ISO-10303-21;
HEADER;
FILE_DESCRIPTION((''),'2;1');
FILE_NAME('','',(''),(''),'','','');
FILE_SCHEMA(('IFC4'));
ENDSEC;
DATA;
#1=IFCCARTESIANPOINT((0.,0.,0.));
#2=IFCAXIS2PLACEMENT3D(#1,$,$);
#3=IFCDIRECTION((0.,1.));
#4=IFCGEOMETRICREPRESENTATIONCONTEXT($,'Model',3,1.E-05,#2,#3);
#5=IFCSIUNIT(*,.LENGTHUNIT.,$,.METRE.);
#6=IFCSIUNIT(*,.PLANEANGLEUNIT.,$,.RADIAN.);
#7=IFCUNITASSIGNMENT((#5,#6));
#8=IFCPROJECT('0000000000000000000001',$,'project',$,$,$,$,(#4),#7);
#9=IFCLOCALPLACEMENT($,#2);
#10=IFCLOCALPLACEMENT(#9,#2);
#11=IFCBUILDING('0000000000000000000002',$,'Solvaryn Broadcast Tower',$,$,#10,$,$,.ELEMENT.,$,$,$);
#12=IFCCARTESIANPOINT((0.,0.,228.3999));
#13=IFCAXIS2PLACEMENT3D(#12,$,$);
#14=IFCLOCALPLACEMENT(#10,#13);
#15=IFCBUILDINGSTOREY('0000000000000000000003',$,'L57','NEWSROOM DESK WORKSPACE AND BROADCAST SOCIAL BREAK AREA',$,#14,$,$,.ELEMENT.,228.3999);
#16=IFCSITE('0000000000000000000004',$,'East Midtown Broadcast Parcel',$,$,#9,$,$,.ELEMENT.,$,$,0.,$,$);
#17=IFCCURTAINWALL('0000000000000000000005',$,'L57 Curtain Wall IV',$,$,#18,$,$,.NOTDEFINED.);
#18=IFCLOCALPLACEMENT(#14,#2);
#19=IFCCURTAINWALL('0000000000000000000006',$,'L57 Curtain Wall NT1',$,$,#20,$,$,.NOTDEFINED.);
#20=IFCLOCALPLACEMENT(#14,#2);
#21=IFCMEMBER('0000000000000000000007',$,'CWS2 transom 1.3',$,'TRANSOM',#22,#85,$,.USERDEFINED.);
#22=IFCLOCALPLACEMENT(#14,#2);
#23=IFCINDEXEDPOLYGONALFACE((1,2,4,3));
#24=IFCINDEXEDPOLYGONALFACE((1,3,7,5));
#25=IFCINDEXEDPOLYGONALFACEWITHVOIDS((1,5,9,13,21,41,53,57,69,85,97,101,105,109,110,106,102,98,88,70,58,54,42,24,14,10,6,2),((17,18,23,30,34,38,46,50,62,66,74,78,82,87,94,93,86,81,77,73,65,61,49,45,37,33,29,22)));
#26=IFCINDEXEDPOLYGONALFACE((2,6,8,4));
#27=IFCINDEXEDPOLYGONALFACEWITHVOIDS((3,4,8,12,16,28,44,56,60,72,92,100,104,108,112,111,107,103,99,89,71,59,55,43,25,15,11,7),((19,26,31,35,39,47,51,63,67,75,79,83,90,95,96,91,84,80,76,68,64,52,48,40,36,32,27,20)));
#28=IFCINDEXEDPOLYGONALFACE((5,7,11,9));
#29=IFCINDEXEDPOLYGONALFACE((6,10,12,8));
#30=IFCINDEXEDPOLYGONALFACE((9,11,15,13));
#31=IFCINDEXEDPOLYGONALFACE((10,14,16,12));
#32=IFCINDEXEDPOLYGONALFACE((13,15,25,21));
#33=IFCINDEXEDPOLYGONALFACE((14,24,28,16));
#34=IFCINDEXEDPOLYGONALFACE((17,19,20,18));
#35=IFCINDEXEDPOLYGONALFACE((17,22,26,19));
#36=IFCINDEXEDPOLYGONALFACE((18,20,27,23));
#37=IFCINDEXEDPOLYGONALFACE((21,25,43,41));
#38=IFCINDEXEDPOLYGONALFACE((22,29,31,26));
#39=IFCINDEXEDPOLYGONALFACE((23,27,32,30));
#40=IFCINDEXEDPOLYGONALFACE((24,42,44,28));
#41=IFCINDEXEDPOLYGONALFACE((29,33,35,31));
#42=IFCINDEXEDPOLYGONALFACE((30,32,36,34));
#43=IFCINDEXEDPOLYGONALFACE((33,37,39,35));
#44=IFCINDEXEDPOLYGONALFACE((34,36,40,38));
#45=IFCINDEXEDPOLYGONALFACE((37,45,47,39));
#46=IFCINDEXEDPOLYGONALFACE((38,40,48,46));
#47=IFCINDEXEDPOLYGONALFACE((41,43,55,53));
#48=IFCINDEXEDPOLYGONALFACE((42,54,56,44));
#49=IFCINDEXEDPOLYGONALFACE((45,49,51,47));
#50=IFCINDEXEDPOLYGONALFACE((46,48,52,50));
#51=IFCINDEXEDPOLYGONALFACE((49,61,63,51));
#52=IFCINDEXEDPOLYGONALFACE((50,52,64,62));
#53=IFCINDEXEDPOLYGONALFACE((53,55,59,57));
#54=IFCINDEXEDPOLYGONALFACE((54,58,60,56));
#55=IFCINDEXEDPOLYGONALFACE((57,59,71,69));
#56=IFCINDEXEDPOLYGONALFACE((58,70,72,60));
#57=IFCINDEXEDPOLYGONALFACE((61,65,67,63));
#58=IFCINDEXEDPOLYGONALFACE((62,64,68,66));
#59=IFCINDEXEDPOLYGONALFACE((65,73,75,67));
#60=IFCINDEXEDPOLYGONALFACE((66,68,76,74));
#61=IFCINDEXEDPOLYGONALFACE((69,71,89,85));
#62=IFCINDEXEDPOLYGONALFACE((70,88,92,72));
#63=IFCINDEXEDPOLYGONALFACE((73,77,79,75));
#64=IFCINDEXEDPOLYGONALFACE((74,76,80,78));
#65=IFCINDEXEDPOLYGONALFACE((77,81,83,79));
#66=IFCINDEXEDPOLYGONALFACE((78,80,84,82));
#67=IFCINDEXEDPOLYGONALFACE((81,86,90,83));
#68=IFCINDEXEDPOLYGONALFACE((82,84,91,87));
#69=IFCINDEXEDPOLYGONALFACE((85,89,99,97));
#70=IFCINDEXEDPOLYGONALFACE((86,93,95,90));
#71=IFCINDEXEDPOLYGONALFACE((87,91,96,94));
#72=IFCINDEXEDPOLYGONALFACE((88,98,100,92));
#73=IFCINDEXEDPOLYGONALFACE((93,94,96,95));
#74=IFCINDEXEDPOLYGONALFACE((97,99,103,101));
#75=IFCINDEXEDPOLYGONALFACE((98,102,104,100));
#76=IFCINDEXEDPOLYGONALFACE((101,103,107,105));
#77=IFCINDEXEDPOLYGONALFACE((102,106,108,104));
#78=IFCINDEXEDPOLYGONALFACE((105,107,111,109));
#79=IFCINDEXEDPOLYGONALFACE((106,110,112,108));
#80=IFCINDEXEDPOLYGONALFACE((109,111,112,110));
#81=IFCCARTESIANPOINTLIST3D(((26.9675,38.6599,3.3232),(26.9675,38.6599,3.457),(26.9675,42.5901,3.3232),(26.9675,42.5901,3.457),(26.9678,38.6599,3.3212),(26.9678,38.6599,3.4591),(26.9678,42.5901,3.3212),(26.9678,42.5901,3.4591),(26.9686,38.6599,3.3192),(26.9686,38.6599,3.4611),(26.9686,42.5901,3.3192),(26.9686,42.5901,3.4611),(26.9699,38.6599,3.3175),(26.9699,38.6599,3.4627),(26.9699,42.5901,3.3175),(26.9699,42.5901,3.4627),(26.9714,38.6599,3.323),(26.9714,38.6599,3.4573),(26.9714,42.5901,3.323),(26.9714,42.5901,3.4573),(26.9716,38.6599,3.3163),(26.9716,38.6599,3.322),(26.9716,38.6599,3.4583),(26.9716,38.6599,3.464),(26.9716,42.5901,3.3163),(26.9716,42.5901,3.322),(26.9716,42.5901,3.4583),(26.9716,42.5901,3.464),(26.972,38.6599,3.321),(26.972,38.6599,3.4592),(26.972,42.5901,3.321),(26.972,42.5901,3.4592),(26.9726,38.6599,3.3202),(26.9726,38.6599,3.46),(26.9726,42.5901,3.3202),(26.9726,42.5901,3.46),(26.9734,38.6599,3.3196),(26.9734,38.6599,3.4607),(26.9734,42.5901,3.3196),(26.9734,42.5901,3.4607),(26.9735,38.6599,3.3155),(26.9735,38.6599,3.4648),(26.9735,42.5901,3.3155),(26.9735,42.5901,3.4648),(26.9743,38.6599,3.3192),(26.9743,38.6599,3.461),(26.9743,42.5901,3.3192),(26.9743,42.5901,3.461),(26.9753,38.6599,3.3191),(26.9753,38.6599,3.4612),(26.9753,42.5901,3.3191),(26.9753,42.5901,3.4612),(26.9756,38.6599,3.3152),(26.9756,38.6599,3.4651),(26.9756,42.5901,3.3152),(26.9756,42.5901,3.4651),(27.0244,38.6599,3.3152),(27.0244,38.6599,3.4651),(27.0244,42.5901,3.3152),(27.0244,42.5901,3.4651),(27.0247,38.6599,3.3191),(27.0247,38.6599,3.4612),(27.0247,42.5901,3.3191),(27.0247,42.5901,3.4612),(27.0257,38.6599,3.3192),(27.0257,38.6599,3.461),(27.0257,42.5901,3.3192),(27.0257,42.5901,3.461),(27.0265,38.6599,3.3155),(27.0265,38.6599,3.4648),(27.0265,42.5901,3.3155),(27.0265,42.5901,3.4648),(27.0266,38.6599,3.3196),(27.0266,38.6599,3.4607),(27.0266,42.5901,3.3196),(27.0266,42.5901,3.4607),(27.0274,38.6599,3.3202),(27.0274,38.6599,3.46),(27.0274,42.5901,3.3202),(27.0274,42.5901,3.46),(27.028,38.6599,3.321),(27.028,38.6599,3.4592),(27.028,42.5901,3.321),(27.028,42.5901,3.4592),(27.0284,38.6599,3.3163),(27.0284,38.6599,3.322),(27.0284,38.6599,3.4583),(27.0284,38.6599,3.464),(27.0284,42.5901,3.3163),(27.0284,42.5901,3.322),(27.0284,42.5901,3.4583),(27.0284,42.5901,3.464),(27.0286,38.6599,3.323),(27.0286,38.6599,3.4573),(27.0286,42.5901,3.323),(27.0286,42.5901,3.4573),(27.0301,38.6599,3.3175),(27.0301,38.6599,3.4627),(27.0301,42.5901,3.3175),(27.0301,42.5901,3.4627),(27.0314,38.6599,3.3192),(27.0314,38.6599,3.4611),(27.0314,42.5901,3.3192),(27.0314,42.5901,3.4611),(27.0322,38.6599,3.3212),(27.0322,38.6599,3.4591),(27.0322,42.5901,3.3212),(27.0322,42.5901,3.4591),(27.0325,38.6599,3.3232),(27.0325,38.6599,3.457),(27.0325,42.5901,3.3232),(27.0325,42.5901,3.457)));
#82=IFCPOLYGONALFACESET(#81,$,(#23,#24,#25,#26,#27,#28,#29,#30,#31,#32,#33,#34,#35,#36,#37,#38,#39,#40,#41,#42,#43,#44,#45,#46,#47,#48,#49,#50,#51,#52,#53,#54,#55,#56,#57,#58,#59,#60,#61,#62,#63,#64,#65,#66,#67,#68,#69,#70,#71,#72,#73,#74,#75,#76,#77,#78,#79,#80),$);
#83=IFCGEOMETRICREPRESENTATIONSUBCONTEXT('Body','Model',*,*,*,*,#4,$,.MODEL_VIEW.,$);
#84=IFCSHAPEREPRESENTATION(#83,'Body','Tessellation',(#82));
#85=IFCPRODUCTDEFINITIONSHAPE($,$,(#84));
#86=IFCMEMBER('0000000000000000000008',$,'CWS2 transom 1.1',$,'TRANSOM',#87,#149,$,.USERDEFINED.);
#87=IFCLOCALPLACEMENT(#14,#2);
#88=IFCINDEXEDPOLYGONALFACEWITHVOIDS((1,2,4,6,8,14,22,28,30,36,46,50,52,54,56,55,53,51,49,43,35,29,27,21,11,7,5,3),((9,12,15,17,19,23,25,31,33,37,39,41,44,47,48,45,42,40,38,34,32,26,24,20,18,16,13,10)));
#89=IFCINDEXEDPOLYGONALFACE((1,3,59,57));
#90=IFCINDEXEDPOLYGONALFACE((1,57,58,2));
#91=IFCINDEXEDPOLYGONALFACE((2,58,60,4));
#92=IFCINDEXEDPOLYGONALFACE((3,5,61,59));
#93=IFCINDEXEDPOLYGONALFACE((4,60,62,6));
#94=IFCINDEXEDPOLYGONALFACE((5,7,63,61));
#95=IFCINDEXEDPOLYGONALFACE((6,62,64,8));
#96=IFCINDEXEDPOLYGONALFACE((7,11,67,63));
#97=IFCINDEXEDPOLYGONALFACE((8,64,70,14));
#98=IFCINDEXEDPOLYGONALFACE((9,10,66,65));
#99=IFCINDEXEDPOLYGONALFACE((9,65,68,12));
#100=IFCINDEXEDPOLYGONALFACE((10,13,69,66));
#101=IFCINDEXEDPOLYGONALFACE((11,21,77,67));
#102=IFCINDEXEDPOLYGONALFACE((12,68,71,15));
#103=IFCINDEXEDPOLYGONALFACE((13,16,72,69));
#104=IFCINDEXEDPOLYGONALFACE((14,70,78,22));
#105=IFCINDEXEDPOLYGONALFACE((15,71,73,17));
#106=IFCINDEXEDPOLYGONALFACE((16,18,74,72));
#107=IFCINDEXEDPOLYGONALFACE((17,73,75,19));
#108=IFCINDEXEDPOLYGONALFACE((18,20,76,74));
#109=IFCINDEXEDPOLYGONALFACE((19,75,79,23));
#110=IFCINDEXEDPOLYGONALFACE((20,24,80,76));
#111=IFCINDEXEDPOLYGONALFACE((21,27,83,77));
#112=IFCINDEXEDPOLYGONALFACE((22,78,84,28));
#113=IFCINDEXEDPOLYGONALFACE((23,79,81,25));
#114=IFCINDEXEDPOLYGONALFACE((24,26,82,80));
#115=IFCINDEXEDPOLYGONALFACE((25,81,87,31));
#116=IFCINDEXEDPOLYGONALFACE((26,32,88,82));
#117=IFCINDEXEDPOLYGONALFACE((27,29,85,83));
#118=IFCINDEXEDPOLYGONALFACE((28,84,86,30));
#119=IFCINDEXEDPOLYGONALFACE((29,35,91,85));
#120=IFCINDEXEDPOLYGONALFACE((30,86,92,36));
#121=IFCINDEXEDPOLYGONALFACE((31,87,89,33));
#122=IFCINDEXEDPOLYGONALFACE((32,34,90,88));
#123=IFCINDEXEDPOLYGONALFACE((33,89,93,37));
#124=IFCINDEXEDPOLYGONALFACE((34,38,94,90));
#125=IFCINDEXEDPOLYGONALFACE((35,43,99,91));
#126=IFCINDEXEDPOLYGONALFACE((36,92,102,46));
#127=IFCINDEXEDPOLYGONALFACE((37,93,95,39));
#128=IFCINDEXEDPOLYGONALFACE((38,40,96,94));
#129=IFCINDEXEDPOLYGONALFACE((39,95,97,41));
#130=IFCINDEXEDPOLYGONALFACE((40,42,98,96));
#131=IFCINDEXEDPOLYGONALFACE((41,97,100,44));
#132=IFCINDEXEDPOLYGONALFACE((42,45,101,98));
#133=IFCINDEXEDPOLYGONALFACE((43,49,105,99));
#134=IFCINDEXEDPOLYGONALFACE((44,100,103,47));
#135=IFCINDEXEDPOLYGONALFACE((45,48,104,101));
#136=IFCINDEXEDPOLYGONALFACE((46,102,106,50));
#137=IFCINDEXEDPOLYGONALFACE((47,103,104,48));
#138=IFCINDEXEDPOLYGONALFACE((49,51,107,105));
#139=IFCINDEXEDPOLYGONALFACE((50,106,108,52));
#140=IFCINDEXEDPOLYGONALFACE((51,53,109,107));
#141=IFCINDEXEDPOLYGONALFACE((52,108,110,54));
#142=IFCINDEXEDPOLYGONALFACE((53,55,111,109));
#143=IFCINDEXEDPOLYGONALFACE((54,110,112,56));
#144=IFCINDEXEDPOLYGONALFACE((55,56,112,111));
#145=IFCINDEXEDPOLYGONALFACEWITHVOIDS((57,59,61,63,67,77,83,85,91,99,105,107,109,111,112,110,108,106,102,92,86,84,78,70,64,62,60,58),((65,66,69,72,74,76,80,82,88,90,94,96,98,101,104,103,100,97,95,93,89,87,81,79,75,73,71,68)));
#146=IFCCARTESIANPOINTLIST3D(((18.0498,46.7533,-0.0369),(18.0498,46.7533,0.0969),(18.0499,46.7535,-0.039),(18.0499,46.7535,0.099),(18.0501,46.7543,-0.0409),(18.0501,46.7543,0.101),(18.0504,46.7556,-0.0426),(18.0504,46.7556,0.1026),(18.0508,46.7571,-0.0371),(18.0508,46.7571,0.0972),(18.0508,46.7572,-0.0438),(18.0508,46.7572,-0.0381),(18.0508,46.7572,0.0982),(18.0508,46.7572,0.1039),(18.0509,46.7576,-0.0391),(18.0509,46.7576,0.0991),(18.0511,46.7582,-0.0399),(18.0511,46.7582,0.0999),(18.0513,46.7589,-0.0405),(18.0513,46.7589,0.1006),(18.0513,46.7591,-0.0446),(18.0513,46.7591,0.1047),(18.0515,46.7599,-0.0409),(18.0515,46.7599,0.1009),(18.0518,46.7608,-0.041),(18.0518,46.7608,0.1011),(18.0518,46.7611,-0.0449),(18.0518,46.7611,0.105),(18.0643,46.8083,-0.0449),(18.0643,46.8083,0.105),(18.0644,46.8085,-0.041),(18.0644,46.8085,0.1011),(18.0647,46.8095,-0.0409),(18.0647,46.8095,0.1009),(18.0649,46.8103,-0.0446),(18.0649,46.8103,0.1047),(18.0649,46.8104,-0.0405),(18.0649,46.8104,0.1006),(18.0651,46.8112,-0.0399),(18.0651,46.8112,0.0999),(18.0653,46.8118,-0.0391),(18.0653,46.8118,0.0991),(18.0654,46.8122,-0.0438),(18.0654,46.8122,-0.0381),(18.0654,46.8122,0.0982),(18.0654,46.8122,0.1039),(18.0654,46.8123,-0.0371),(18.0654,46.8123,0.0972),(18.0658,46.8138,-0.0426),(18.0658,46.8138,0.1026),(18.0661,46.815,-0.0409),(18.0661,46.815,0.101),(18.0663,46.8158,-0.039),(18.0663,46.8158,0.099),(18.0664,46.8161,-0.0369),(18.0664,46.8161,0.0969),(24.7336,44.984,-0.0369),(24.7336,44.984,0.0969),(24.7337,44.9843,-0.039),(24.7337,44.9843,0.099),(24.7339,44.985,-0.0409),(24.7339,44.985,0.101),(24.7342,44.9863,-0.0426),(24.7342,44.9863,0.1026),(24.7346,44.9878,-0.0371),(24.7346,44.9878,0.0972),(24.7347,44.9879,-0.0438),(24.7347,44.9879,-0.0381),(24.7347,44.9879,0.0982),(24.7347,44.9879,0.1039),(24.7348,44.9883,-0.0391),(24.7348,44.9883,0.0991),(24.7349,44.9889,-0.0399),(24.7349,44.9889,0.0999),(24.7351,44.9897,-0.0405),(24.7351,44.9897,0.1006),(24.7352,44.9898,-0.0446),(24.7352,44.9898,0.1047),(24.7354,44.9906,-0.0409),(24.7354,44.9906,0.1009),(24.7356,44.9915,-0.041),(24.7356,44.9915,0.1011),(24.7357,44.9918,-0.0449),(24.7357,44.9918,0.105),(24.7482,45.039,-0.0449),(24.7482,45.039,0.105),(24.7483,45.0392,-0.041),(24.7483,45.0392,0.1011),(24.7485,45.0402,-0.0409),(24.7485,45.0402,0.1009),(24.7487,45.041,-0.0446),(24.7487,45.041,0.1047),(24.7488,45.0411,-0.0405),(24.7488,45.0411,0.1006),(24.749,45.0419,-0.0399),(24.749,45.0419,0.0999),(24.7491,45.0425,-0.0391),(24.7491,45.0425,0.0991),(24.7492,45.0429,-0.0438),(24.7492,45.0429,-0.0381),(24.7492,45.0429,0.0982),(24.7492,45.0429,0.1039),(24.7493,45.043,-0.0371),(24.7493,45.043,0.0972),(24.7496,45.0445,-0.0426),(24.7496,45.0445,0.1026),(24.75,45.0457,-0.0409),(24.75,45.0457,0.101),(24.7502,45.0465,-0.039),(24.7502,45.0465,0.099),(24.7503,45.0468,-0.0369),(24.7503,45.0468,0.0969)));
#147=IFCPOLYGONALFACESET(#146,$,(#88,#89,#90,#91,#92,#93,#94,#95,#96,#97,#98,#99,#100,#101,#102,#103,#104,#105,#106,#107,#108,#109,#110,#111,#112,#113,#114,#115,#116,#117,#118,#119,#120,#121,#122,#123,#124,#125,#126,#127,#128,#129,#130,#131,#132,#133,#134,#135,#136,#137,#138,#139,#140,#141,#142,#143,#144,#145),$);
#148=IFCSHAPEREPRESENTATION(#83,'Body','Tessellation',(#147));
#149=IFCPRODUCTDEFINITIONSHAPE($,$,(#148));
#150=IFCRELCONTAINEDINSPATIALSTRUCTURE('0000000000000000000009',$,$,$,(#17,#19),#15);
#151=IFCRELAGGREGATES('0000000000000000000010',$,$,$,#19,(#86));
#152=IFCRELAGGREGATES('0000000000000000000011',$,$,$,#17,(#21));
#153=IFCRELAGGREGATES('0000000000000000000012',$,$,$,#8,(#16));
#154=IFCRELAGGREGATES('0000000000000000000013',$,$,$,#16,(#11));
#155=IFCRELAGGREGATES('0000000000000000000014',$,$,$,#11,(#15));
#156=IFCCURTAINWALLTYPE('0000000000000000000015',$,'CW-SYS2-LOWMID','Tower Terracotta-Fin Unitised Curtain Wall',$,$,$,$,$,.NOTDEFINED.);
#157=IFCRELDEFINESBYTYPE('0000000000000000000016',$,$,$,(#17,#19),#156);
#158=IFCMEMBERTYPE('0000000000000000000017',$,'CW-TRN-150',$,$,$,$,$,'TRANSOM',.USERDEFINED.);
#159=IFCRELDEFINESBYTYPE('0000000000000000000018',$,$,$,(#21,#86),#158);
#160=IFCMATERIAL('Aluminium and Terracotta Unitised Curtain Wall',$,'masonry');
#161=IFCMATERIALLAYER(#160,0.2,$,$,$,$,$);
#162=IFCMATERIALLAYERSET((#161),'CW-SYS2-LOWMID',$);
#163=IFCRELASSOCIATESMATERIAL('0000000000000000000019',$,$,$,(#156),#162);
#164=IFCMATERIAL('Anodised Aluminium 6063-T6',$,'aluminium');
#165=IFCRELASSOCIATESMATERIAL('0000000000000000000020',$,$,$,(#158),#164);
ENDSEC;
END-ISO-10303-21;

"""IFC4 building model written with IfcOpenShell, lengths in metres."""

from ifc_helpers import new_model, si_unit, direction, frame, origin, origin_2d, place, context, subcontext, project, spatial, hollow_rectangle, extrude, material, layer, layer_set, material_profile, profile_set, type_object, element, aggregate, save


model = new_model("IFC4")

# Units and contexts
model_context = context("Model", 3, precision=1e-05, world=origin(), true_north=direction((0.0, 1.0)))
body_context = subcontext(model_context, "Body", "Model", "MODEL_VIEW")
ifc_project = project(units=[si_unit("LENGTHUNIT", "METRE"), si_unit("PLANEANGLEUNIT", "RADIAN")], contexts=[model_context])

# Site, building, storey
site_placement = place(None, origin())
site = spatial("IfcSite", under=ifc_project, at=site_placement, Name="East Midtown Broadcast Parcel", CompositionType="ELEMENT", RefElevation=0.0)
building_placement = place(site_placement, origin())
building = spatial("IfcBuilding", under=site, at=building_placement, Name="Solvaryn Broadcast Tower", CompositionType="ELEMENT")
storey_placement = place(building_placement, frame((0.0, 0.0, 228.3999)))
storey = spatial("IfcBuildingStorey", under=building, at=storey_placement, Name="L57", Description="NEWSROOM DESK WORKSPACE AND BROADCAST SOCIAL BREAK AREA", CompositionType="ELEMENT", Elevation=228.3999)

# Curtain wall
ifc_material_1 = material(Name="Aluminium and Terracotta Unitised Curtain Wall", Category="masonry")
ifc_layer_1 = layer(ifc_material_1, 0.2)
ifc_layer_set_1 = layer_set([ifc_layer_1], Name="CW-SYS2-LOWMID")
curtain_wall_type = type_object("IfcCurtainWallType", Name="CW-SYS2-LOWMID", Description="Tower Terracotta-Fin Unitised Curtain Wall", PredefinedType="NOTDEFINED", material=ifc_layer_set_1)
curtain_wall_1_placement = place(storey_placement, origin())
curtain_wall_1 = element("IfcCurtainWall", 1, at=curtain_wall_1_placement, inside=storey, type_object=curtain_wall_type, Name="L57 Curtain Wall IV", PredefinedType="NOTDEFINED")

# Curtain wall
curtain_wall_2_placement = place(storey_placement, origin())
curtain_wall_2 = element("IfcCurtainWall", 2, at=curtain_wall_2_placement, inside=storey, type_object=curtain_wall_type, Name="L57 Curtain Wall NT1", PredefinedType="NOTDEFINED")

# Members
ifc_material_2 = material(Name="Anodised Aluminium 6063-T6", Category="aluminium")
ifc_material_profile_1 = material_profile(ifc_material_2, hollow_rectangle(XDim=0.0649, YDim=0.1499, WallThickness=0.0039, InnerFilletRadius=0.0039, OuterFilletRadius=0.0081, at=origin_2d()))
ifc_profile_set_1 = profile_set([ifc_material_profile_1], Name="Anodised Aluminium 6063-T6")
member_type_1 = type_object("IfcMemberType", Name="CW-TRN-150", ElementType="TRANSOM", PredefinedType="USERDEFINED", material=ifc_profile_set_1)
member_1_placement = place(storey_placement, frame((27.0, 42.5901, 3.3901), z_axis=(0.0, -1.0, 0.0), x_axis=(1.0, 0.0, 0.0)))
member_1 = element("IfcMember", 3, at=member_1_placement, type_object=member_type_1, Name="CWS2 transom 1.3", ObjectType="TRANSOM", PredefinedType="USERDEFINED", context=body_context, shape_type="SweptSolid", body=[
    extrude(hollow_rectangle(XDim=0.0649, YDim=0.1499, WallThickness=0.0039, InnerFilletRadius=0.0039, OuterFilletRadius=0.0081, at=origin_2d()), origin(), (0.0, 0.0, 1.0), 3.9302),
])
member_2_placement = place(storey_placement, frame((24.7419, 45.0154, 0.03), z_axis=(-0.966704, 0.255897, 0.0), x_axis=(-0.255897, -0.966704, 0.0)))
member_2 = element("IfcMember", 4, at=member_2_placement, type_object=member_type_1, Name="CWS2 transom 1.1", ObjectType="TRANSOM", PredefinedType="USERDEFINED", context=body_context, shape_type="SweptSolid", body=[
    extrude(hollow_rectangle(XDim=0.0649, YDim=0.1499, WallThickness=0.0039, InnerFilletRadius=0.0039, OuterFilletRadius=0.0081, at=origin_2d()), origin(), (0.0, 0.0, 1.0), 6.9141),
])
aggregate(curtain_wall_2, [member_2])

aggregate(curtain_wall_1, [member_1])

save(model, "model.ifc")
